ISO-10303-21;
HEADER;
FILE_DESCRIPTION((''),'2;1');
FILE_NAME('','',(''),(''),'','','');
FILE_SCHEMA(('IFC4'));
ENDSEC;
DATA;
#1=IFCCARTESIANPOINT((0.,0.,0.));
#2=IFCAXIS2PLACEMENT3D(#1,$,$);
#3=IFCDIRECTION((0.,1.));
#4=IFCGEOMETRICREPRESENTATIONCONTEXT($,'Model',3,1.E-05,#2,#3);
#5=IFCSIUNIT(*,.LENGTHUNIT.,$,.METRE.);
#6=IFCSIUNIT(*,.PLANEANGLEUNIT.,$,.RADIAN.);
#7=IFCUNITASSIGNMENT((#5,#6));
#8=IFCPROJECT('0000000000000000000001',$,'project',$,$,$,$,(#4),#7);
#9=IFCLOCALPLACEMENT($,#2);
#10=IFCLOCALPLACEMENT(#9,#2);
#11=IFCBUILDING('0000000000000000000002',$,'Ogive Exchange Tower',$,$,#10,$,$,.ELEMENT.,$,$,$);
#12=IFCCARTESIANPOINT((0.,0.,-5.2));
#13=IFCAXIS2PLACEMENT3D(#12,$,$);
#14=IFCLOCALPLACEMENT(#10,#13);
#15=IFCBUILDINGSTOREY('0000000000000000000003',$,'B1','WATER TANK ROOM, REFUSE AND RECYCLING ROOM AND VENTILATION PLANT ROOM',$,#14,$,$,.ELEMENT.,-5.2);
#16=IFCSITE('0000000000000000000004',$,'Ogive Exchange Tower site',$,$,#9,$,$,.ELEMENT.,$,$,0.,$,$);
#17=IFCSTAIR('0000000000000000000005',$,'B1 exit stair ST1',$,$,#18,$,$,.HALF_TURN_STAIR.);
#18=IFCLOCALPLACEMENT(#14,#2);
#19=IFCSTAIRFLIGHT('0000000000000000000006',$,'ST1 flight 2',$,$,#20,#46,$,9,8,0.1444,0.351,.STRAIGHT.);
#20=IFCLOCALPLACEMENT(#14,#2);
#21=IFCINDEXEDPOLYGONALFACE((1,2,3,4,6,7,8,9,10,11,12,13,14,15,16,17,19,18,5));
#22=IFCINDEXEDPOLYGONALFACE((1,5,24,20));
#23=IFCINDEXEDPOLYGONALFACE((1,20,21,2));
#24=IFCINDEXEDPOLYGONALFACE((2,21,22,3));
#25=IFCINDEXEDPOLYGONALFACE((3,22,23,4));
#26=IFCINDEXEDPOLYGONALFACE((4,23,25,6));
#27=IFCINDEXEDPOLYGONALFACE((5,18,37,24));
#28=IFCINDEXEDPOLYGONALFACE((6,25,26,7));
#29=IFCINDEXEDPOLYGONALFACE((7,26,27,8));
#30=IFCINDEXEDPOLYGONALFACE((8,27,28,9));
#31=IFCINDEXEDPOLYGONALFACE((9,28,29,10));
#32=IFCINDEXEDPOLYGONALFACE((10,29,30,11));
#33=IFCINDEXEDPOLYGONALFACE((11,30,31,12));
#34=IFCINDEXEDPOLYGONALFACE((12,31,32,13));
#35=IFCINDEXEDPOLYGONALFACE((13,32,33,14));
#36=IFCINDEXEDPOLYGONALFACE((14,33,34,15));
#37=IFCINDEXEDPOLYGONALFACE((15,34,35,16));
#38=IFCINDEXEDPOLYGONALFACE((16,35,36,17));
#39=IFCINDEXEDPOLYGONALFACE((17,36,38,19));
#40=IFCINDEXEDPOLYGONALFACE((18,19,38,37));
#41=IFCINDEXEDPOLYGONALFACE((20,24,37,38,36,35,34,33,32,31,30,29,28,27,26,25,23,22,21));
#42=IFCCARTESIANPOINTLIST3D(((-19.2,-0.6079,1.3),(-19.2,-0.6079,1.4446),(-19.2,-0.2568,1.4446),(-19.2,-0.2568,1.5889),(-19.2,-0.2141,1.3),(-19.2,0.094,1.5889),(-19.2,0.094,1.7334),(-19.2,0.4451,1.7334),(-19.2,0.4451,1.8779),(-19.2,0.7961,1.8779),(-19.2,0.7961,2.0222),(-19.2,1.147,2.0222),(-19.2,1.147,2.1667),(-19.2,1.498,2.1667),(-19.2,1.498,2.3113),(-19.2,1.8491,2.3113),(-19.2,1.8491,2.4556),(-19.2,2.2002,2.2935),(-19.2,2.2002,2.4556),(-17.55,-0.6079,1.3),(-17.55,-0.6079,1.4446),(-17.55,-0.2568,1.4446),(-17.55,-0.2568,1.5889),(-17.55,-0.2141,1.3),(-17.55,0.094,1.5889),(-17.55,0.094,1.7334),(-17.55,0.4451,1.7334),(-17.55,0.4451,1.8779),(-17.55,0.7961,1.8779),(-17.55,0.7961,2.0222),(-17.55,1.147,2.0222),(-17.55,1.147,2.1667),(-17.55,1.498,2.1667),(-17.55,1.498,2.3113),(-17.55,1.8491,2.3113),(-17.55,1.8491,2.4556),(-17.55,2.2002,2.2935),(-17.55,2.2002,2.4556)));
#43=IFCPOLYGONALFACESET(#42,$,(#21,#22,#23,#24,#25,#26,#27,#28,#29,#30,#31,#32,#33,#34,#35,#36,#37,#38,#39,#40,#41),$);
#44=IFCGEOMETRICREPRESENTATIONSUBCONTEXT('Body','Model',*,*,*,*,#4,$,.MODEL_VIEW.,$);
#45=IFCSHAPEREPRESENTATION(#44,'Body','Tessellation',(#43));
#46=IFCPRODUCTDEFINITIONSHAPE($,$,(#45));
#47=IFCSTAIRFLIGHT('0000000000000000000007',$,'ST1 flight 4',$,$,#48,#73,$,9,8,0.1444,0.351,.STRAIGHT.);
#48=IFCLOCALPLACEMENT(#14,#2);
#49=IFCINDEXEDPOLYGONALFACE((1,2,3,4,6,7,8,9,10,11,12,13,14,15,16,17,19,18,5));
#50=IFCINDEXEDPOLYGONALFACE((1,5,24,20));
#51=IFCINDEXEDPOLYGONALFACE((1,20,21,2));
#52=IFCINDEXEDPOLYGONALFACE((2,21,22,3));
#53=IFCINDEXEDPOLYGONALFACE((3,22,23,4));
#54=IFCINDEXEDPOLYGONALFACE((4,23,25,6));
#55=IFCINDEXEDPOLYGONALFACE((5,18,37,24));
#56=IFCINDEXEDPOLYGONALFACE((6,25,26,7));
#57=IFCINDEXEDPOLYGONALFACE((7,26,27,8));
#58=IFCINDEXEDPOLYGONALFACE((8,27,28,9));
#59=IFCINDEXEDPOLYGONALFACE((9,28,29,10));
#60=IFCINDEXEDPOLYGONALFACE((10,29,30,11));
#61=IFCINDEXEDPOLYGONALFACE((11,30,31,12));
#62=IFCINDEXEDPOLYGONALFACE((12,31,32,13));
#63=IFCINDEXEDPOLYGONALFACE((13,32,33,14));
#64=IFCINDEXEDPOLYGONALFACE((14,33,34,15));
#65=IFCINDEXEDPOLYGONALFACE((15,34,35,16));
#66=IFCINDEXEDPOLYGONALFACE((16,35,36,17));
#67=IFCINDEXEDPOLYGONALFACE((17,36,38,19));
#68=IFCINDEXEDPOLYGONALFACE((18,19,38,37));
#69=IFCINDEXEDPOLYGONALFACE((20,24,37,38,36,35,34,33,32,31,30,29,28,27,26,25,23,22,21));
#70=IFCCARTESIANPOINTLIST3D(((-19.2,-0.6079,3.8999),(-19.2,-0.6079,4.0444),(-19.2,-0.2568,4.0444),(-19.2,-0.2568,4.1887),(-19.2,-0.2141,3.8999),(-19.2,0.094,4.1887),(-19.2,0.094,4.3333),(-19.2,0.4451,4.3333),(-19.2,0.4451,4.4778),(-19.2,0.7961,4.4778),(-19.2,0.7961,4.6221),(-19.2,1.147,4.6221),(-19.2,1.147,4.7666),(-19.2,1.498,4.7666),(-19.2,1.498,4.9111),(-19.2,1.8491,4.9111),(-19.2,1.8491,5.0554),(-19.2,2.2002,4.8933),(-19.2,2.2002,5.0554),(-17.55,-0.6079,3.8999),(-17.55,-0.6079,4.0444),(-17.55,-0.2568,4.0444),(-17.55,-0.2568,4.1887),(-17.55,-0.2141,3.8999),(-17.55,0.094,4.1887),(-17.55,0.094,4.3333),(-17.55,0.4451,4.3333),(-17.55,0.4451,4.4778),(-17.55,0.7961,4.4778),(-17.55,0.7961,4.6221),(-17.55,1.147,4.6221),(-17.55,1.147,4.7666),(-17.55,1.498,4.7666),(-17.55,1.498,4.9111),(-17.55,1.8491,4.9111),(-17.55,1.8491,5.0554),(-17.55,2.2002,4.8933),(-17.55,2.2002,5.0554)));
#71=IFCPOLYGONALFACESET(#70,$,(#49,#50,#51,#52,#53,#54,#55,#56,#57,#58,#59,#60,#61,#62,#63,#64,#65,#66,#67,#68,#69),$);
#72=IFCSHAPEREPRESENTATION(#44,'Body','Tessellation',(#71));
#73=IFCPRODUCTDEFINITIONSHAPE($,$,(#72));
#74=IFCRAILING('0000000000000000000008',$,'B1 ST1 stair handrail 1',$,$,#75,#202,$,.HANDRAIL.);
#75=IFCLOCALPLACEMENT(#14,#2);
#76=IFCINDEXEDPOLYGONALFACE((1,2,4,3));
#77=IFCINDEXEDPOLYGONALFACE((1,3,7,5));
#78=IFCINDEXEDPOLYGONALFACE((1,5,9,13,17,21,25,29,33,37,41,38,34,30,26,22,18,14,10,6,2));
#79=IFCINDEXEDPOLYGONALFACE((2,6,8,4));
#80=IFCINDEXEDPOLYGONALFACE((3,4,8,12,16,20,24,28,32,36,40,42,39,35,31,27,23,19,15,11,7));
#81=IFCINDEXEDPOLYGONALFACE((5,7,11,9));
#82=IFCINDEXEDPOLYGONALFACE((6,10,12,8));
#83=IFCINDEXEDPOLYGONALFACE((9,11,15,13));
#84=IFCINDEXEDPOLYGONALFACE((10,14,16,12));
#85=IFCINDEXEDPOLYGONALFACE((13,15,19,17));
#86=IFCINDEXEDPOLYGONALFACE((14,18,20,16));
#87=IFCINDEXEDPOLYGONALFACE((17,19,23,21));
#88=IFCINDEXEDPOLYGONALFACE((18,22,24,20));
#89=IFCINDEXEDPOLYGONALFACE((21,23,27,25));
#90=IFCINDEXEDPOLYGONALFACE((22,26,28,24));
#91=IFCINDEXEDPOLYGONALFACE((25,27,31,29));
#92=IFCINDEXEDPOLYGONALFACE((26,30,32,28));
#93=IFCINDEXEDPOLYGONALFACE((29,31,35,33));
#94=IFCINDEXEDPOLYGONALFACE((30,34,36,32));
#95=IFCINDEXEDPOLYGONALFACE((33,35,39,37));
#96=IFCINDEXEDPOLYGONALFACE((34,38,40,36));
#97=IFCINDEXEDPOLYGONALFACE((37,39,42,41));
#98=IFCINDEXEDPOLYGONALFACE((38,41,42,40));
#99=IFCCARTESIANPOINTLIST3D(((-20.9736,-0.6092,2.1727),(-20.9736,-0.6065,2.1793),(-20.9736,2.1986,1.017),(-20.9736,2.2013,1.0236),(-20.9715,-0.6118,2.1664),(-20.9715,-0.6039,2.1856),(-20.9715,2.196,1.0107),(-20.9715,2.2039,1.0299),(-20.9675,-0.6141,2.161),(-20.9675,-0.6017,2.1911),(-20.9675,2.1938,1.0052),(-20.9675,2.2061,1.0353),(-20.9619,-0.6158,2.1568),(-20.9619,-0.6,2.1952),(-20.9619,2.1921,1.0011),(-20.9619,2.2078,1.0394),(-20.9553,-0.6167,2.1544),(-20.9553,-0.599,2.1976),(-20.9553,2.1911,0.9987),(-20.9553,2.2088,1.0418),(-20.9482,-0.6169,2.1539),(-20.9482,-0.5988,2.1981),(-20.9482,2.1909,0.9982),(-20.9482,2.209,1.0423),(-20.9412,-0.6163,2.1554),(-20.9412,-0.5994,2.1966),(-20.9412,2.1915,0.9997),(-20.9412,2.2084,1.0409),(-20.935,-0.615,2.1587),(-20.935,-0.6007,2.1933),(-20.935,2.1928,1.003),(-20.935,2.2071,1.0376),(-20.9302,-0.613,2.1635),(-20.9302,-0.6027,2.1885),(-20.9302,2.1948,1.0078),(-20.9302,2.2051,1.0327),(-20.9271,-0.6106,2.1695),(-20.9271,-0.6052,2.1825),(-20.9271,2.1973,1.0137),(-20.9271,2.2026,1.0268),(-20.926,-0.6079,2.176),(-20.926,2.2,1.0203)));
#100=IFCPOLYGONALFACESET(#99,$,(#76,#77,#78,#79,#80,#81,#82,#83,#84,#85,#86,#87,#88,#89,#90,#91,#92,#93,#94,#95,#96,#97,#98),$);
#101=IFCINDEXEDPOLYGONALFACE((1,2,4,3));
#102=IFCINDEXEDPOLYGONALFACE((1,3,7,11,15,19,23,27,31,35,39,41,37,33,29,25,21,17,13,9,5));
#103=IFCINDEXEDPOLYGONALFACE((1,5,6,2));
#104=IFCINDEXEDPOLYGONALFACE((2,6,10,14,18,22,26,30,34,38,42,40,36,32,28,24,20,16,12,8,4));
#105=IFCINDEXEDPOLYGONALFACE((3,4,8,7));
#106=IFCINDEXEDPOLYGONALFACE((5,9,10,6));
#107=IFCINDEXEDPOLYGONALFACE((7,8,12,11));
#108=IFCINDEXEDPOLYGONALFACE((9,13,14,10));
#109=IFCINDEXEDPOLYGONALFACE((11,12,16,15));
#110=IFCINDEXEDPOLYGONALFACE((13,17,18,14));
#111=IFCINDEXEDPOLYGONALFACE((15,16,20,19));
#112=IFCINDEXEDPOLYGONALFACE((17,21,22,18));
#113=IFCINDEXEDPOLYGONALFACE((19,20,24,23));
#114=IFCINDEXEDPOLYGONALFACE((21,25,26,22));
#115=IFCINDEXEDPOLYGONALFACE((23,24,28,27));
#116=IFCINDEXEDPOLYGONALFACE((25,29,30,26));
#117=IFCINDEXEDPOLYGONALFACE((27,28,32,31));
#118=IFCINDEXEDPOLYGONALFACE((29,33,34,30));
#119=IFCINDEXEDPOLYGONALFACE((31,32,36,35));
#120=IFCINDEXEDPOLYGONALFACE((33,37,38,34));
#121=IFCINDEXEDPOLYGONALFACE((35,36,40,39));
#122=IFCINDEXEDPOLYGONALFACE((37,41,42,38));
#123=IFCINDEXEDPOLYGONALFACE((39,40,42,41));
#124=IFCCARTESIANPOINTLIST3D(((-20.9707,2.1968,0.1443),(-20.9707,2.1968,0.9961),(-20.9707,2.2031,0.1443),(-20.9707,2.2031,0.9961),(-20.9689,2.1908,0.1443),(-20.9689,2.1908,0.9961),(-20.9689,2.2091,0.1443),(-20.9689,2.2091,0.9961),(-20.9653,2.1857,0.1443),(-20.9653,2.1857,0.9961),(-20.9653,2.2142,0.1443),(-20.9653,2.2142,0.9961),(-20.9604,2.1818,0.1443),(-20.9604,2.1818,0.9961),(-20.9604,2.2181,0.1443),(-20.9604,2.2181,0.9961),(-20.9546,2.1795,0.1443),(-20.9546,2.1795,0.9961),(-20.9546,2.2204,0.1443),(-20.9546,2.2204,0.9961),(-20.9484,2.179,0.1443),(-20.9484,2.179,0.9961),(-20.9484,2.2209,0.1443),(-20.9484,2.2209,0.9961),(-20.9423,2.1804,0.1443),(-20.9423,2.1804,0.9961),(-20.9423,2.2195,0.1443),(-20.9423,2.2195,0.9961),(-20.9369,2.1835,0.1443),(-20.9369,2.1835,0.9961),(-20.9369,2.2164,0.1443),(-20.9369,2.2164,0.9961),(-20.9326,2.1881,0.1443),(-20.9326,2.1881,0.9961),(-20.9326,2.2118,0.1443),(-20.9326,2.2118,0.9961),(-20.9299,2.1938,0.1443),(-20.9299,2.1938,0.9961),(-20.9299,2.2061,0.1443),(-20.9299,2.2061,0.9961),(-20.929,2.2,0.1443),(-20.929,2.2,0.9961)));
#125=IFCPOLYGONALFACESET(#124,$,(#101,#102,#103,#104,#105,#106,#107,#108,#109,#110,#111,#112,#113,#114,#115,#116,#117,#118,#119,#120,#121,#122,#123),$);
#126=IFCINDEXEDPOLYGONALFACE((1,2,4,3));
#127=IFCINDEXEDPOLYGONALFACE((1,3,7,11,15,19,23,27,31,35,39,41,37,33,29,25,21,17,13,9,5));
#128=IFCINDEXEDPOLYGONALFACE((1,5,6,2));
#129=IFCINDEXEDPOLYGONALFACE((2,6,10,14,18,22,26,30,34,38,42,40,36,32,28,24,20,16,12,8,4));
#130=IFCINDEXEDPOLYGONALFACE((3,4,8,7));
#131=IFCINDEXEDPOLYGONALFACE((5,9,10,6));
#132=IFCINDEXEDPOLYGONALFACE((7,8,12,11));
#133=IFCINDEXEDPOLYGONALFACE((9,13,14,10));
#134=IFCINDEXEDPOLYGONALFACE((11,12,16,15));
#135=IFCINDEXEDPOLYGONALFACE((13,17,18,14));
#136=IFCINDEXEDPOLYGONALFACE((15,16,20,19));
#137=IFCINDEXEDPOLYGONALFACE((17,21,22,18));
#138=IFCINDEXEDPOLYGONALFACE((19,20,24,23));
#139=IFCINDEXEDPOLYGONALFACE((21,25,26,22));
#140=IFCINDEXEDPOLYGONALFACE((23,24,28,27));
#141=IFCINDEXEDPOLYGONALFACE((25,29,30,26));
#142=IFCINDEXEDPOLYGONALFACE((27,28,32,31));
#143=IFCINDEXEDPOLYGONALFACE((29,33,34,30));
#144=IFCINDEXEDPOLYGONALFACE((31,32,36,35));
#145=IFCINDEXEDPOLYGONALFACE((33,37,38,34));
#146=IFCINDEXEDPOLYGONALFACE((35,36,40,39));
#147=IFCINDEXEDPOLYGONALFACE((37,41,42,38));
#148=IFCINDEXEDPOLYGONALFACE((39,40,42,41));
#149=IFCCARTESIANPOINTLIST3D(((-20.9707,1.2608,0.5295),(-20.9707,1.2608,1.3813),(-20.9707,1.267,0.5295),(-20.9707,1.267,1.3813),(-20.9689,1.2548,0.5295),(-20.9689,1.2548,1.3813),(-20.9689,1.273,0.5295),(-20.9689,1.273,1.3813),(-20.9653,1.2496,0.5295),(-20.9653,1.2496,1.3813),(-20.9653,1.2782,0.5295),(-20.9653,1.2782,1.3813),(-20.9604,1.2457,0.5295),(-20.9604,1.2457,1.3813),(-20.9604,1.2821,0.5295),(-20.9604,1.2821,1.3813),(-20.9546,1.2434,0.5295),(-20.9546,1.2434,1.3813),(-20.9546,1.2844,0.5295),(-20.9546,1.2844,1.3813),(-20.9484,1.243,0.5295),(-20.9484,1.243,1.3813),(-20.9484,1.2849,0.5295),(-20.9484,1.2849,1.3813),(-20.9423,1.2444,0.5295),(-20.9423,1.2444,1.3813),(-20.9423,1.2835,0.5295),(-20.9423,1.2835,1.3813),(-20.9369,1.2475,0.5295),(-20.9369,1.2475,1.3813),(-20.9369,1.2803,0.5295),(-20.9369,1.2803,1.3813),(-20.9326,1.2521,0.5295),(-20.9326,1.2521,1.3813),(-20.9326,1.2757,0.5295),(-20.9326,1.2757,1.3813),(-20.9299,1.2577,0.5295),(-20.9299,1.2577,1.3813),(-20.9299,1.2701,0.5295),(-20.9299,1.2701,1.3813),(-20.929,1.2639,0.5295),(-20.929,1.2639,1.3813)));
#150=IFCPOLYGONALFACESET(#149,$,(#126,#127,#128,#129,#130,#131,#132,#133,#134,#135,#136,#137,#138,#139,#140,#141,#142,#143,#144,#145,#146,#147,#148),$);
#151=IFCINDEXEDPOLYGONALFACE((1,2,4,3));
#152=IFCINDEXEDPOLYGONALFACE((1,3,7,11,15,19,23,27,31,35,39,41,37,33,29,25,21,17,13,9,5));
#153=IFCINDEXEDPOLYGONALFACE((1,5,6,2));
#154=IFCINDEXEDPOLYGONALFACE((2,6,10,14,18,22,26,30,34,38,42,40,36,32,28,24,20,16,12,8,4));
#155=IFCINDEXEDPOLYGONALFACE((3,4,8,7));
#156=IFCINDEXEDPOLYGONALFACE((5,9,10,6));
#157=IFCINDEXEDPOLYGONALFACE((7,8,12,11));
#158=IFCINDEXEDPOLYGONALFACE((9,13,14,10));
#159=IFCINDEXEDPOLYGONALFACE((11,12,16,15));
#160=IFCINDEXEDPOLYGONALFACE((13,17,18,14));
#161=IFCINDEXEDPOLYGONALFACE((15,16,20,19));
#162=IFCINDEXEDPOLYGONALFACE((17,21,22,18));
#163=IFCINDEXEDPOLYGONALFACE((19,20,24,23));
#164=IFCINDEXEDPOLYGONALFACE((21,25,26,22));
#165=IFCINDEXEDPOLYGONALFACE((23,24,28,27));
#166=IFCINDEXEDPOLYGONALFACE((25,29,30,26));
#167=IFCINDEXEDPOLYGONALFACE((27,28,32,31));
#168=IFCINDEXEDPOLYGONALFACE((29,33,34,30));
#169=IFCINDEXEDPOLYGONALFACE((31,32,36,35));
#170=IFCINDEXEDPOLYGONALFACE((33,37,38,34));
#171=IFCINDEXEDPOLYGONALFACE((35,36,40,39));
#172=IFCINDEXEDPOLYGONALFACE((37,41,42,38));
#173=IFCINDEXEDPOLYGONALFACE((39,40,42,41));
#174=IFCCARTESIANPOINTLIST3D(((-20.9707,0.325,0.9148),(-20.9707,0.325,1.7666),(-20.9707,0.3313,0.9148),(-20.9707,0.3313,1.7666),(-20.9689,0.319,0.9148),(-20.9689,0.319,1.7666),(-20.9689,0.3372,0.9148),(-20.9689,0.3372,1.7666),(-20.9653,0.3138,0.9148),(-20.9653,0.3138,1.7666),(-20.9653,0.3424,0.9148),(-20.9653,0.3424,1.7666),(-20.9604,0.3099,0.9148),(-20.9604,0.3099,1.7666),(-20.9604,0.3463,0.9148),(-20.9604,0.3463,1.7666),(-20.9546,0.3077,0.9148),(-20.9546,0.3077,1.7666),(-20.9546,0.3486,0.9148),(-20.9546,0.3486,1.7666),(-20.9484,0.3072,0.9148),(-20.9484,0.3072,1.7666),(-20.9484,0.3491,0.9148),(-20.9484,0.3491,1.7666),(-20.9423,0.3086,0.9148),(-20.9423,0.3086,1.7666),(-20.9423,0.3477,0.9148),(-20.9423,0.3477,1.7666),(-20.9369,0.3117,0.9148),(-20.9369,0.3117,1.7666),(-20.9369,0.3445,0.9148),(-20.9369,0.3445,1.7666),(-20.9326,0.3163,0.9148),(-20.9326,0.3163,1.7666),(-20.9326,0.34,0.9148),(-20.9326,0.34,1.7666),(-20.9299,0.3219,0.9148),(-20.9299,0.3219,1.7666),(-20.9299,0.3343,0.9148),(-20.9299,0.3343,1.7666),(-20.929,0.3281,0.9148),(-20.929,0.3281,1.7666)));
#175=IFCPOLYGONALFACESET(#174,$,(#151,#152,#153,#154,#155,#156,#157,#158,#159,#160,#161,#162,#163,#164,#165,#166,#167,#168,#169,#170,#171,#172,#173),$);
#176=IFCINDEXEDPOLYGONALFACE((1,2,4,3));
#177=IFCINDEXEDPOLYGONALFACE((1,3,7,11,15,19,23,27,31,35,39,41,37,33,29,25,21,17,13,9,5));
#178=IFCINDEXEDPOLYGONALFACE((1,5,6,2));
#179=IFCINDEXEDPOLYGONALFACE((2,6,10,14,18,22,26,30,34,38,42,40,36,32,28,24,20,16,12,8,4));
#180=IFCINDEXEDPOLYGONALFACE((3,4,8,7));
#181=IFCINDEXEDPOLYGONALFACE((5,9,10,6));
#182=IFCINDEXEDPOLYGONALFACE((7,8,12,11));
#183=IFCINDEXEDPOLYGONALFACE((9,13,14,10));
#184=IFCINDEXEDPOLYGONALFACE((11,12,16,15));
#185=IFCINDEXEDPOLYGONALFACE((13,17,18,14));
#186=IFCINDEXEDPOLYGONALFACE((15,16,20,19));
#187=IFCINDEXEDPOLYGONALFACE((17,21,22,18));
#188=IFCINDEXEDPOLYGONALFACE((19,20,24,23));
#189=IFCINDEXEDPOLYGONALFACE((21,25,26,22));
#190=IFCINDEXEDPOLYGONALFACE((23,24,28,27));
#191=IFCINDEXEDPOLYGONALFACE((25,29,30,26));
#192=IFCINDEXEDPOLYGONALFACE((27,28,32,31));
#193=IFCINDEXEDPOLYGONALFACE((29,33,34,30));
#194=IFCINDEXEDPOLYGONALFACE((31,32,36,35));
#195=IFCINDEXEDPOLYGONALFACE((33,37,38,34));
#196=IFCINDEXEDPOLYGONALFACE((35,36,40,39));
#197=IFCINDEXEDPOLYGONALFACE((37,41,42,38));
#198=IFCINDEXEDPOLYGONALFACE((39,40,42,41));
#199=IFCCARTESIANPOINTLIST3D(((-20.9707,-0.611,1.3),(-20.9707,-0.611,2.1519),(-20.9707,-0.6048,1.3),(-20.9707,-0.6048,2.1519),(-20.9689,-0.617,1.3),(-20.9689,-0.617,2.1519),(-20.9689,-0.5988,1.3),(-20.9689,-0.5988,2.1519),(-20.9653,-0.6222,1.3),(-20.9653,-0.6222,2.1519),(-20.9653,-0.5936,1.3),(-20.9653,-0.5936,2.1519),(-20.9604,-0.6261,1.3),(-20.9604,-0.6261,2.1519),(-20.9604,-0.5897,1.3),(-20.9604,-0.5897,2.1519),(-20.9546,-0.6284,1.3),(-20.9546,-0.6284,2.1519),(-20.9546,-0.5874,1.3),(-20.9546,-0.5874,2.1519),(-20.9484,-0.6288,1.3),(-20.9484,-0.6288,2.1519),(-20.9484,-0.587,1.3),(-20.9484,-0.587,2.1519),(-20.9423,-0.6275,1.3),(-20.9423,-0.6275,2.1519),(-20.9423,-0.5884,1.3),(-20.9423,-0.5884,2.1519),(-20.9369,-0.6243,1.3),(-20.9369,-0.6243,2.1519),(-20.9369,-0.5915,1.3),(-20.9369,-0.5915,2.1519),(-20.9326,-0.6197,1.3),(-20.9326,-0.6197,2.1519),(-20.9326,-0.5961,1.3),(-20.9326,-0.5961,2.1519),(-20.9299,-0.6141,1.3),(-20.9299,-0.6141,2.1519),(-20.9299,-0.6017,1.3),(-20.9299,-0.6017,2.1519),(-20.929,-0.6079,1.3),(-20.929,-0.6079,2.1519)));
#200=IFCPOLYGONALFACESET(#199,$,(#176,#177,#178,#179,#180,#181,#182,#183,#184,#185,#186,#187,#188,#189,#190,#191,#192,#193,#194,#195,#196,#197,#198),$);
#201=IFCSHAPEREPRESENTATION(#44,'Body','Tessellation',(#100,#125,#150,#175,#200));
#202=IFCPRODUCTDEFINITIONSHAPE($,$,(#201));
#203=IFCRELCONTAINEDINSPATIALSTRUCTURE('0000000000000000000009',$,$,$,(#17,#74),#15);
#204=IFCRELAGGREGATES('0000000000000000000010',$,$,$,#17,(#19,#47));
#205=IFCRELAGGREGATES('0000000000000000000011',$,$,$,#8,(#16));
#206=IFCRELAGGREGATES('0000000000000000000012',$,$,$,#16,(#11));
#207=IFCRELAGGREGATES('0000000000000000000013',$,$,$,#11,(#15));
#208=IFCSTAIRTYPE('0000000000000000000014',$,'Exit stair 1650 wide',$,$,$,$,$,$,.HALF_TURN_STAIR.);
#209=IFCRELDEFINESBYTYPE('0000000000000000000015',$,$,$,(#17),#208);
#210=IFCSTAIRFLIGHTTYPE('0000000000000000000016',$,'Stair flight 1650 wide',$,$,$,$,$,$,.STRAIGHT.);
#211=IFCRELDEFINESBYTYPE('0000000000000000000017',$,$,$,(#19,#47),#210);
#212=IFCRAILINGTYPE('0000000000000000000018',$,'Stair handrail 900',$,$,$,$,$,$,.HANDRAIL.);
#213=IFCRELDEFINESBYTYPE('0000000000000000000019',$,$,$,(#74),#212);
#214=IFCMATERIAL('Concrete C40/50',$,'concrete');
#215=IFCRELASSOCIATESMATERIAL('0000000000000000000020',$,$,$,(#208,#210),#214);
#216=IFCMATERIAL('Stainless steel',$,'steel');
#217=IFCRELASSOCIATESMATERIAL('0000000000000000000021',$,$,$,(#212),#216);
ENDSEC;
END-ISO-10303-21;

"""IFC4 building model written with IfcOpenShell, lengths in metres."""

from ifc_helpers import new_model, si_unit, direction, frame, origin, origin_2d, place, context, subcontext, project, spatial, polyline, circle, outline, extrude, material, type_object, element, aggregate, save


model = new_model("IFC4")

# Units and contexts
model_context = context("Model", 3, precision=1e-05, world=origin(), true_north=direction((0.0, 1.0)))
body_context = subcontext(model_context, "Body", "Model", "MODEL_VIEW")
ifc_project = project(units=[si_unit("LENGTHUNIT", "METRE"), si_unit("PLANEANGLEUNIT", "RADIAN")], contexts=[model_context])

# Site, building, storey
site_placement = place(None, origin())
site = spatial("IfcSite", under=ifc_project, at=site_placement, Name="Ogive Exchange Tower site", CompositionType="ELEMENT", RefElevation=0.0)
building_placement = place(site_placement, origin())
building = spatial("IfcBuilding", under=site, at=building_placement, Name="Ogive Exchange Tower", CompositionType="ELEMENT")
storey_placement = place(building_placement, frame((0.0, 0.0, -5.2)))
storey = spatial("IfcBuildingStorey", under=building, at=storey_placement, Name="B1", Description="WATER TANK ROOM, REFUSE AND RECYCLING ROOM AND VENTILATION PLANT ROOM", CompositionType="ELEMENT", Elevation=-5.2)

# Shared definitions
ifc_material_1 = material(Name="Stainless steel", Category="steel")

# Stair, stair flights
ifc_material_2 = material(Name="Concrete C40/50", Category="concrete")
stair_type = type_object("IfcStairType", Name="Exit stair 1650 wide", PredefinedType="HALF_TURN_STAIR", material=ifc_material_2)
stair_placement = place(storey_placement, origin())
stair = element("IfcStair", 1, at=stair_placement, inside=storey, type_object=stair_type, Name="B1 exit stair ST1", PredefinedType="HALF_TURN_STAIR")
stair_flight_type = type_object("IfcStairFlightType", Name="Stair flight 1650 wide", PredefinedType="STRAIGHT", material=ifc_material_2)
stair_flight_1_placement = place(storey_placement, frame((-18.375, -0.6079, 1.3), z_axis=(0.0, 0.0, 1.0), x_axis=(0.0, 1.0, 0.0)))
stair_flight_1 = element("IfcStairFlight", 2, at=stair_flight_1_placement, type_object=stair_flight_type, Name="ST1 flight 2", NumberOfRisers=9, NumberOfTreads=8, PredefinedType="STRAIGHT", RiserHeight=0.1444, TreadLength=0.351, context=body_context, shape_type="SweptSolid", body=[
    extrude(outline(polyline([(0.0, 0.0), (0.0, 0.1445), (0.3511, 0.1445), (0.3511, 0.2888), (0.7019, 0.2888), (0.7019, 0.4333), (1.053, 0.4333), (1.053, 0.5779), (1.4041, 0.5779), (1.4041, 0.7222), (1.7549, 0.7222), (1.7549, 0.8667), (2.106, 0.8667), (2.106, 1.0112), (2.457, 1.0112), (2.457, 1.1555), (2.8081, 1.1555), (2.8081, 1.3), (2.8081, 0.9934), (0.3938, 0.0), (0.0, 0.0)])), frame((0.0, 0.825, 0.0), z_axis=(0.0, -1.0, 0.0), x_axis=(1.0, 0.0, 0.0)), (0.0, 0.0, 1.0), 1.6499),
])
stair_flight_2_placement = place(storey_placement, frame((-18.375, -0.6079, 3.8999), z_axis=(0.0, 0.0, 1.0), x_axis=(0.0, 1.0, 0.0)))
stair_flight_2 = element("IfcStairFlight", 3, at=stair_flight_2_placement, type_object=stair_flight_type, Name="ST1 flight 4", NumberOfRisers=9, NumberOfTreads=8, PredefinedType="STRAIGHT", RiserHeight=0.1444, TreadLength=0.351, context=body_context, shape_type="SweptSolid", body=[
    extrude(outline(polyline([(0.0, 0.0), (0.0, 0.1445), (0.3511, 0.1445), (0.3511, 0.2888), (0.7019, 0.2888), (0.7019, 0.4333), (1.053, 0.4333), (1.053, 0.5779), (1.4041, 0.5779), (1.4041, 0.7222), (1.7549, 0.7222), (1.7549, 0.8667), (2.106, 0.8667), (2.106, 1.0112), (2.457, 1.0112), (2.457, 1.1555), (2.8081, 1.1555), (2.8081, 1.3), (2.8081, 0.9934), (0.3938, 0.0), (0.0, 0.0)])), frame((0.0, 0.825, 0.0), z_axis=(0.0, -1.0, 0.0), x_axis=(1.0, 0.0, 0.0)), (0.0, 0.0, 1.0), 1.6499),
])
aggregate(stair, [stair_flight_1, stair_flight_2])

# Railing
railing_type = type_object("IfcRailingType", Name="Stair handrail 900", PredefinedType="HANDRAIL", material=ifc_material_1)
railing_1_placement = place(storey_placement, frame((-20.95, 2.2, 0.1443)))
element("IfcRailing", 4, at=railing_1_placement, inside=storey, type_object=railing_type, Name="B1 ST1 stair handrail 1", PredefinedType="HANDRAIL", context=body_context, shape_type="SweptSolid", body=[
    extrude(circle(Radius=0.0239, at=origin_2d()), frame((0.0, 0.0, 0.876), z_axis=(0.0, -0.924726, 0.380633), x_axis=(1.0, 0.0, 0.0)), (0.0, 0.0, 1.0), 3.0364),
    extrude(circle(Radius=0.021, at=origin_2d()), origin(), (0.0, 0.0, 1.0), 0.8518),
    extrude(circle(Radius=0.021, at=origin_2d()), frame((0.0, -0.936, 0.3853)), (0.0, 0.0, 1.0), 0.8518),
    extrude(circle(Radius=0.021, at=origin_2d()), frame((0.0, -1.8718, 0.7705)), (0.0, 0.0, 1.0), 0.8518),
    extrude(circle(Radius=0.021, at=origin_2d()), frame((0.0, -2.8079, 1.1558)), (0.0, 0.0, 1.0), 0.8518),
])

save(model, "model.ifc")
